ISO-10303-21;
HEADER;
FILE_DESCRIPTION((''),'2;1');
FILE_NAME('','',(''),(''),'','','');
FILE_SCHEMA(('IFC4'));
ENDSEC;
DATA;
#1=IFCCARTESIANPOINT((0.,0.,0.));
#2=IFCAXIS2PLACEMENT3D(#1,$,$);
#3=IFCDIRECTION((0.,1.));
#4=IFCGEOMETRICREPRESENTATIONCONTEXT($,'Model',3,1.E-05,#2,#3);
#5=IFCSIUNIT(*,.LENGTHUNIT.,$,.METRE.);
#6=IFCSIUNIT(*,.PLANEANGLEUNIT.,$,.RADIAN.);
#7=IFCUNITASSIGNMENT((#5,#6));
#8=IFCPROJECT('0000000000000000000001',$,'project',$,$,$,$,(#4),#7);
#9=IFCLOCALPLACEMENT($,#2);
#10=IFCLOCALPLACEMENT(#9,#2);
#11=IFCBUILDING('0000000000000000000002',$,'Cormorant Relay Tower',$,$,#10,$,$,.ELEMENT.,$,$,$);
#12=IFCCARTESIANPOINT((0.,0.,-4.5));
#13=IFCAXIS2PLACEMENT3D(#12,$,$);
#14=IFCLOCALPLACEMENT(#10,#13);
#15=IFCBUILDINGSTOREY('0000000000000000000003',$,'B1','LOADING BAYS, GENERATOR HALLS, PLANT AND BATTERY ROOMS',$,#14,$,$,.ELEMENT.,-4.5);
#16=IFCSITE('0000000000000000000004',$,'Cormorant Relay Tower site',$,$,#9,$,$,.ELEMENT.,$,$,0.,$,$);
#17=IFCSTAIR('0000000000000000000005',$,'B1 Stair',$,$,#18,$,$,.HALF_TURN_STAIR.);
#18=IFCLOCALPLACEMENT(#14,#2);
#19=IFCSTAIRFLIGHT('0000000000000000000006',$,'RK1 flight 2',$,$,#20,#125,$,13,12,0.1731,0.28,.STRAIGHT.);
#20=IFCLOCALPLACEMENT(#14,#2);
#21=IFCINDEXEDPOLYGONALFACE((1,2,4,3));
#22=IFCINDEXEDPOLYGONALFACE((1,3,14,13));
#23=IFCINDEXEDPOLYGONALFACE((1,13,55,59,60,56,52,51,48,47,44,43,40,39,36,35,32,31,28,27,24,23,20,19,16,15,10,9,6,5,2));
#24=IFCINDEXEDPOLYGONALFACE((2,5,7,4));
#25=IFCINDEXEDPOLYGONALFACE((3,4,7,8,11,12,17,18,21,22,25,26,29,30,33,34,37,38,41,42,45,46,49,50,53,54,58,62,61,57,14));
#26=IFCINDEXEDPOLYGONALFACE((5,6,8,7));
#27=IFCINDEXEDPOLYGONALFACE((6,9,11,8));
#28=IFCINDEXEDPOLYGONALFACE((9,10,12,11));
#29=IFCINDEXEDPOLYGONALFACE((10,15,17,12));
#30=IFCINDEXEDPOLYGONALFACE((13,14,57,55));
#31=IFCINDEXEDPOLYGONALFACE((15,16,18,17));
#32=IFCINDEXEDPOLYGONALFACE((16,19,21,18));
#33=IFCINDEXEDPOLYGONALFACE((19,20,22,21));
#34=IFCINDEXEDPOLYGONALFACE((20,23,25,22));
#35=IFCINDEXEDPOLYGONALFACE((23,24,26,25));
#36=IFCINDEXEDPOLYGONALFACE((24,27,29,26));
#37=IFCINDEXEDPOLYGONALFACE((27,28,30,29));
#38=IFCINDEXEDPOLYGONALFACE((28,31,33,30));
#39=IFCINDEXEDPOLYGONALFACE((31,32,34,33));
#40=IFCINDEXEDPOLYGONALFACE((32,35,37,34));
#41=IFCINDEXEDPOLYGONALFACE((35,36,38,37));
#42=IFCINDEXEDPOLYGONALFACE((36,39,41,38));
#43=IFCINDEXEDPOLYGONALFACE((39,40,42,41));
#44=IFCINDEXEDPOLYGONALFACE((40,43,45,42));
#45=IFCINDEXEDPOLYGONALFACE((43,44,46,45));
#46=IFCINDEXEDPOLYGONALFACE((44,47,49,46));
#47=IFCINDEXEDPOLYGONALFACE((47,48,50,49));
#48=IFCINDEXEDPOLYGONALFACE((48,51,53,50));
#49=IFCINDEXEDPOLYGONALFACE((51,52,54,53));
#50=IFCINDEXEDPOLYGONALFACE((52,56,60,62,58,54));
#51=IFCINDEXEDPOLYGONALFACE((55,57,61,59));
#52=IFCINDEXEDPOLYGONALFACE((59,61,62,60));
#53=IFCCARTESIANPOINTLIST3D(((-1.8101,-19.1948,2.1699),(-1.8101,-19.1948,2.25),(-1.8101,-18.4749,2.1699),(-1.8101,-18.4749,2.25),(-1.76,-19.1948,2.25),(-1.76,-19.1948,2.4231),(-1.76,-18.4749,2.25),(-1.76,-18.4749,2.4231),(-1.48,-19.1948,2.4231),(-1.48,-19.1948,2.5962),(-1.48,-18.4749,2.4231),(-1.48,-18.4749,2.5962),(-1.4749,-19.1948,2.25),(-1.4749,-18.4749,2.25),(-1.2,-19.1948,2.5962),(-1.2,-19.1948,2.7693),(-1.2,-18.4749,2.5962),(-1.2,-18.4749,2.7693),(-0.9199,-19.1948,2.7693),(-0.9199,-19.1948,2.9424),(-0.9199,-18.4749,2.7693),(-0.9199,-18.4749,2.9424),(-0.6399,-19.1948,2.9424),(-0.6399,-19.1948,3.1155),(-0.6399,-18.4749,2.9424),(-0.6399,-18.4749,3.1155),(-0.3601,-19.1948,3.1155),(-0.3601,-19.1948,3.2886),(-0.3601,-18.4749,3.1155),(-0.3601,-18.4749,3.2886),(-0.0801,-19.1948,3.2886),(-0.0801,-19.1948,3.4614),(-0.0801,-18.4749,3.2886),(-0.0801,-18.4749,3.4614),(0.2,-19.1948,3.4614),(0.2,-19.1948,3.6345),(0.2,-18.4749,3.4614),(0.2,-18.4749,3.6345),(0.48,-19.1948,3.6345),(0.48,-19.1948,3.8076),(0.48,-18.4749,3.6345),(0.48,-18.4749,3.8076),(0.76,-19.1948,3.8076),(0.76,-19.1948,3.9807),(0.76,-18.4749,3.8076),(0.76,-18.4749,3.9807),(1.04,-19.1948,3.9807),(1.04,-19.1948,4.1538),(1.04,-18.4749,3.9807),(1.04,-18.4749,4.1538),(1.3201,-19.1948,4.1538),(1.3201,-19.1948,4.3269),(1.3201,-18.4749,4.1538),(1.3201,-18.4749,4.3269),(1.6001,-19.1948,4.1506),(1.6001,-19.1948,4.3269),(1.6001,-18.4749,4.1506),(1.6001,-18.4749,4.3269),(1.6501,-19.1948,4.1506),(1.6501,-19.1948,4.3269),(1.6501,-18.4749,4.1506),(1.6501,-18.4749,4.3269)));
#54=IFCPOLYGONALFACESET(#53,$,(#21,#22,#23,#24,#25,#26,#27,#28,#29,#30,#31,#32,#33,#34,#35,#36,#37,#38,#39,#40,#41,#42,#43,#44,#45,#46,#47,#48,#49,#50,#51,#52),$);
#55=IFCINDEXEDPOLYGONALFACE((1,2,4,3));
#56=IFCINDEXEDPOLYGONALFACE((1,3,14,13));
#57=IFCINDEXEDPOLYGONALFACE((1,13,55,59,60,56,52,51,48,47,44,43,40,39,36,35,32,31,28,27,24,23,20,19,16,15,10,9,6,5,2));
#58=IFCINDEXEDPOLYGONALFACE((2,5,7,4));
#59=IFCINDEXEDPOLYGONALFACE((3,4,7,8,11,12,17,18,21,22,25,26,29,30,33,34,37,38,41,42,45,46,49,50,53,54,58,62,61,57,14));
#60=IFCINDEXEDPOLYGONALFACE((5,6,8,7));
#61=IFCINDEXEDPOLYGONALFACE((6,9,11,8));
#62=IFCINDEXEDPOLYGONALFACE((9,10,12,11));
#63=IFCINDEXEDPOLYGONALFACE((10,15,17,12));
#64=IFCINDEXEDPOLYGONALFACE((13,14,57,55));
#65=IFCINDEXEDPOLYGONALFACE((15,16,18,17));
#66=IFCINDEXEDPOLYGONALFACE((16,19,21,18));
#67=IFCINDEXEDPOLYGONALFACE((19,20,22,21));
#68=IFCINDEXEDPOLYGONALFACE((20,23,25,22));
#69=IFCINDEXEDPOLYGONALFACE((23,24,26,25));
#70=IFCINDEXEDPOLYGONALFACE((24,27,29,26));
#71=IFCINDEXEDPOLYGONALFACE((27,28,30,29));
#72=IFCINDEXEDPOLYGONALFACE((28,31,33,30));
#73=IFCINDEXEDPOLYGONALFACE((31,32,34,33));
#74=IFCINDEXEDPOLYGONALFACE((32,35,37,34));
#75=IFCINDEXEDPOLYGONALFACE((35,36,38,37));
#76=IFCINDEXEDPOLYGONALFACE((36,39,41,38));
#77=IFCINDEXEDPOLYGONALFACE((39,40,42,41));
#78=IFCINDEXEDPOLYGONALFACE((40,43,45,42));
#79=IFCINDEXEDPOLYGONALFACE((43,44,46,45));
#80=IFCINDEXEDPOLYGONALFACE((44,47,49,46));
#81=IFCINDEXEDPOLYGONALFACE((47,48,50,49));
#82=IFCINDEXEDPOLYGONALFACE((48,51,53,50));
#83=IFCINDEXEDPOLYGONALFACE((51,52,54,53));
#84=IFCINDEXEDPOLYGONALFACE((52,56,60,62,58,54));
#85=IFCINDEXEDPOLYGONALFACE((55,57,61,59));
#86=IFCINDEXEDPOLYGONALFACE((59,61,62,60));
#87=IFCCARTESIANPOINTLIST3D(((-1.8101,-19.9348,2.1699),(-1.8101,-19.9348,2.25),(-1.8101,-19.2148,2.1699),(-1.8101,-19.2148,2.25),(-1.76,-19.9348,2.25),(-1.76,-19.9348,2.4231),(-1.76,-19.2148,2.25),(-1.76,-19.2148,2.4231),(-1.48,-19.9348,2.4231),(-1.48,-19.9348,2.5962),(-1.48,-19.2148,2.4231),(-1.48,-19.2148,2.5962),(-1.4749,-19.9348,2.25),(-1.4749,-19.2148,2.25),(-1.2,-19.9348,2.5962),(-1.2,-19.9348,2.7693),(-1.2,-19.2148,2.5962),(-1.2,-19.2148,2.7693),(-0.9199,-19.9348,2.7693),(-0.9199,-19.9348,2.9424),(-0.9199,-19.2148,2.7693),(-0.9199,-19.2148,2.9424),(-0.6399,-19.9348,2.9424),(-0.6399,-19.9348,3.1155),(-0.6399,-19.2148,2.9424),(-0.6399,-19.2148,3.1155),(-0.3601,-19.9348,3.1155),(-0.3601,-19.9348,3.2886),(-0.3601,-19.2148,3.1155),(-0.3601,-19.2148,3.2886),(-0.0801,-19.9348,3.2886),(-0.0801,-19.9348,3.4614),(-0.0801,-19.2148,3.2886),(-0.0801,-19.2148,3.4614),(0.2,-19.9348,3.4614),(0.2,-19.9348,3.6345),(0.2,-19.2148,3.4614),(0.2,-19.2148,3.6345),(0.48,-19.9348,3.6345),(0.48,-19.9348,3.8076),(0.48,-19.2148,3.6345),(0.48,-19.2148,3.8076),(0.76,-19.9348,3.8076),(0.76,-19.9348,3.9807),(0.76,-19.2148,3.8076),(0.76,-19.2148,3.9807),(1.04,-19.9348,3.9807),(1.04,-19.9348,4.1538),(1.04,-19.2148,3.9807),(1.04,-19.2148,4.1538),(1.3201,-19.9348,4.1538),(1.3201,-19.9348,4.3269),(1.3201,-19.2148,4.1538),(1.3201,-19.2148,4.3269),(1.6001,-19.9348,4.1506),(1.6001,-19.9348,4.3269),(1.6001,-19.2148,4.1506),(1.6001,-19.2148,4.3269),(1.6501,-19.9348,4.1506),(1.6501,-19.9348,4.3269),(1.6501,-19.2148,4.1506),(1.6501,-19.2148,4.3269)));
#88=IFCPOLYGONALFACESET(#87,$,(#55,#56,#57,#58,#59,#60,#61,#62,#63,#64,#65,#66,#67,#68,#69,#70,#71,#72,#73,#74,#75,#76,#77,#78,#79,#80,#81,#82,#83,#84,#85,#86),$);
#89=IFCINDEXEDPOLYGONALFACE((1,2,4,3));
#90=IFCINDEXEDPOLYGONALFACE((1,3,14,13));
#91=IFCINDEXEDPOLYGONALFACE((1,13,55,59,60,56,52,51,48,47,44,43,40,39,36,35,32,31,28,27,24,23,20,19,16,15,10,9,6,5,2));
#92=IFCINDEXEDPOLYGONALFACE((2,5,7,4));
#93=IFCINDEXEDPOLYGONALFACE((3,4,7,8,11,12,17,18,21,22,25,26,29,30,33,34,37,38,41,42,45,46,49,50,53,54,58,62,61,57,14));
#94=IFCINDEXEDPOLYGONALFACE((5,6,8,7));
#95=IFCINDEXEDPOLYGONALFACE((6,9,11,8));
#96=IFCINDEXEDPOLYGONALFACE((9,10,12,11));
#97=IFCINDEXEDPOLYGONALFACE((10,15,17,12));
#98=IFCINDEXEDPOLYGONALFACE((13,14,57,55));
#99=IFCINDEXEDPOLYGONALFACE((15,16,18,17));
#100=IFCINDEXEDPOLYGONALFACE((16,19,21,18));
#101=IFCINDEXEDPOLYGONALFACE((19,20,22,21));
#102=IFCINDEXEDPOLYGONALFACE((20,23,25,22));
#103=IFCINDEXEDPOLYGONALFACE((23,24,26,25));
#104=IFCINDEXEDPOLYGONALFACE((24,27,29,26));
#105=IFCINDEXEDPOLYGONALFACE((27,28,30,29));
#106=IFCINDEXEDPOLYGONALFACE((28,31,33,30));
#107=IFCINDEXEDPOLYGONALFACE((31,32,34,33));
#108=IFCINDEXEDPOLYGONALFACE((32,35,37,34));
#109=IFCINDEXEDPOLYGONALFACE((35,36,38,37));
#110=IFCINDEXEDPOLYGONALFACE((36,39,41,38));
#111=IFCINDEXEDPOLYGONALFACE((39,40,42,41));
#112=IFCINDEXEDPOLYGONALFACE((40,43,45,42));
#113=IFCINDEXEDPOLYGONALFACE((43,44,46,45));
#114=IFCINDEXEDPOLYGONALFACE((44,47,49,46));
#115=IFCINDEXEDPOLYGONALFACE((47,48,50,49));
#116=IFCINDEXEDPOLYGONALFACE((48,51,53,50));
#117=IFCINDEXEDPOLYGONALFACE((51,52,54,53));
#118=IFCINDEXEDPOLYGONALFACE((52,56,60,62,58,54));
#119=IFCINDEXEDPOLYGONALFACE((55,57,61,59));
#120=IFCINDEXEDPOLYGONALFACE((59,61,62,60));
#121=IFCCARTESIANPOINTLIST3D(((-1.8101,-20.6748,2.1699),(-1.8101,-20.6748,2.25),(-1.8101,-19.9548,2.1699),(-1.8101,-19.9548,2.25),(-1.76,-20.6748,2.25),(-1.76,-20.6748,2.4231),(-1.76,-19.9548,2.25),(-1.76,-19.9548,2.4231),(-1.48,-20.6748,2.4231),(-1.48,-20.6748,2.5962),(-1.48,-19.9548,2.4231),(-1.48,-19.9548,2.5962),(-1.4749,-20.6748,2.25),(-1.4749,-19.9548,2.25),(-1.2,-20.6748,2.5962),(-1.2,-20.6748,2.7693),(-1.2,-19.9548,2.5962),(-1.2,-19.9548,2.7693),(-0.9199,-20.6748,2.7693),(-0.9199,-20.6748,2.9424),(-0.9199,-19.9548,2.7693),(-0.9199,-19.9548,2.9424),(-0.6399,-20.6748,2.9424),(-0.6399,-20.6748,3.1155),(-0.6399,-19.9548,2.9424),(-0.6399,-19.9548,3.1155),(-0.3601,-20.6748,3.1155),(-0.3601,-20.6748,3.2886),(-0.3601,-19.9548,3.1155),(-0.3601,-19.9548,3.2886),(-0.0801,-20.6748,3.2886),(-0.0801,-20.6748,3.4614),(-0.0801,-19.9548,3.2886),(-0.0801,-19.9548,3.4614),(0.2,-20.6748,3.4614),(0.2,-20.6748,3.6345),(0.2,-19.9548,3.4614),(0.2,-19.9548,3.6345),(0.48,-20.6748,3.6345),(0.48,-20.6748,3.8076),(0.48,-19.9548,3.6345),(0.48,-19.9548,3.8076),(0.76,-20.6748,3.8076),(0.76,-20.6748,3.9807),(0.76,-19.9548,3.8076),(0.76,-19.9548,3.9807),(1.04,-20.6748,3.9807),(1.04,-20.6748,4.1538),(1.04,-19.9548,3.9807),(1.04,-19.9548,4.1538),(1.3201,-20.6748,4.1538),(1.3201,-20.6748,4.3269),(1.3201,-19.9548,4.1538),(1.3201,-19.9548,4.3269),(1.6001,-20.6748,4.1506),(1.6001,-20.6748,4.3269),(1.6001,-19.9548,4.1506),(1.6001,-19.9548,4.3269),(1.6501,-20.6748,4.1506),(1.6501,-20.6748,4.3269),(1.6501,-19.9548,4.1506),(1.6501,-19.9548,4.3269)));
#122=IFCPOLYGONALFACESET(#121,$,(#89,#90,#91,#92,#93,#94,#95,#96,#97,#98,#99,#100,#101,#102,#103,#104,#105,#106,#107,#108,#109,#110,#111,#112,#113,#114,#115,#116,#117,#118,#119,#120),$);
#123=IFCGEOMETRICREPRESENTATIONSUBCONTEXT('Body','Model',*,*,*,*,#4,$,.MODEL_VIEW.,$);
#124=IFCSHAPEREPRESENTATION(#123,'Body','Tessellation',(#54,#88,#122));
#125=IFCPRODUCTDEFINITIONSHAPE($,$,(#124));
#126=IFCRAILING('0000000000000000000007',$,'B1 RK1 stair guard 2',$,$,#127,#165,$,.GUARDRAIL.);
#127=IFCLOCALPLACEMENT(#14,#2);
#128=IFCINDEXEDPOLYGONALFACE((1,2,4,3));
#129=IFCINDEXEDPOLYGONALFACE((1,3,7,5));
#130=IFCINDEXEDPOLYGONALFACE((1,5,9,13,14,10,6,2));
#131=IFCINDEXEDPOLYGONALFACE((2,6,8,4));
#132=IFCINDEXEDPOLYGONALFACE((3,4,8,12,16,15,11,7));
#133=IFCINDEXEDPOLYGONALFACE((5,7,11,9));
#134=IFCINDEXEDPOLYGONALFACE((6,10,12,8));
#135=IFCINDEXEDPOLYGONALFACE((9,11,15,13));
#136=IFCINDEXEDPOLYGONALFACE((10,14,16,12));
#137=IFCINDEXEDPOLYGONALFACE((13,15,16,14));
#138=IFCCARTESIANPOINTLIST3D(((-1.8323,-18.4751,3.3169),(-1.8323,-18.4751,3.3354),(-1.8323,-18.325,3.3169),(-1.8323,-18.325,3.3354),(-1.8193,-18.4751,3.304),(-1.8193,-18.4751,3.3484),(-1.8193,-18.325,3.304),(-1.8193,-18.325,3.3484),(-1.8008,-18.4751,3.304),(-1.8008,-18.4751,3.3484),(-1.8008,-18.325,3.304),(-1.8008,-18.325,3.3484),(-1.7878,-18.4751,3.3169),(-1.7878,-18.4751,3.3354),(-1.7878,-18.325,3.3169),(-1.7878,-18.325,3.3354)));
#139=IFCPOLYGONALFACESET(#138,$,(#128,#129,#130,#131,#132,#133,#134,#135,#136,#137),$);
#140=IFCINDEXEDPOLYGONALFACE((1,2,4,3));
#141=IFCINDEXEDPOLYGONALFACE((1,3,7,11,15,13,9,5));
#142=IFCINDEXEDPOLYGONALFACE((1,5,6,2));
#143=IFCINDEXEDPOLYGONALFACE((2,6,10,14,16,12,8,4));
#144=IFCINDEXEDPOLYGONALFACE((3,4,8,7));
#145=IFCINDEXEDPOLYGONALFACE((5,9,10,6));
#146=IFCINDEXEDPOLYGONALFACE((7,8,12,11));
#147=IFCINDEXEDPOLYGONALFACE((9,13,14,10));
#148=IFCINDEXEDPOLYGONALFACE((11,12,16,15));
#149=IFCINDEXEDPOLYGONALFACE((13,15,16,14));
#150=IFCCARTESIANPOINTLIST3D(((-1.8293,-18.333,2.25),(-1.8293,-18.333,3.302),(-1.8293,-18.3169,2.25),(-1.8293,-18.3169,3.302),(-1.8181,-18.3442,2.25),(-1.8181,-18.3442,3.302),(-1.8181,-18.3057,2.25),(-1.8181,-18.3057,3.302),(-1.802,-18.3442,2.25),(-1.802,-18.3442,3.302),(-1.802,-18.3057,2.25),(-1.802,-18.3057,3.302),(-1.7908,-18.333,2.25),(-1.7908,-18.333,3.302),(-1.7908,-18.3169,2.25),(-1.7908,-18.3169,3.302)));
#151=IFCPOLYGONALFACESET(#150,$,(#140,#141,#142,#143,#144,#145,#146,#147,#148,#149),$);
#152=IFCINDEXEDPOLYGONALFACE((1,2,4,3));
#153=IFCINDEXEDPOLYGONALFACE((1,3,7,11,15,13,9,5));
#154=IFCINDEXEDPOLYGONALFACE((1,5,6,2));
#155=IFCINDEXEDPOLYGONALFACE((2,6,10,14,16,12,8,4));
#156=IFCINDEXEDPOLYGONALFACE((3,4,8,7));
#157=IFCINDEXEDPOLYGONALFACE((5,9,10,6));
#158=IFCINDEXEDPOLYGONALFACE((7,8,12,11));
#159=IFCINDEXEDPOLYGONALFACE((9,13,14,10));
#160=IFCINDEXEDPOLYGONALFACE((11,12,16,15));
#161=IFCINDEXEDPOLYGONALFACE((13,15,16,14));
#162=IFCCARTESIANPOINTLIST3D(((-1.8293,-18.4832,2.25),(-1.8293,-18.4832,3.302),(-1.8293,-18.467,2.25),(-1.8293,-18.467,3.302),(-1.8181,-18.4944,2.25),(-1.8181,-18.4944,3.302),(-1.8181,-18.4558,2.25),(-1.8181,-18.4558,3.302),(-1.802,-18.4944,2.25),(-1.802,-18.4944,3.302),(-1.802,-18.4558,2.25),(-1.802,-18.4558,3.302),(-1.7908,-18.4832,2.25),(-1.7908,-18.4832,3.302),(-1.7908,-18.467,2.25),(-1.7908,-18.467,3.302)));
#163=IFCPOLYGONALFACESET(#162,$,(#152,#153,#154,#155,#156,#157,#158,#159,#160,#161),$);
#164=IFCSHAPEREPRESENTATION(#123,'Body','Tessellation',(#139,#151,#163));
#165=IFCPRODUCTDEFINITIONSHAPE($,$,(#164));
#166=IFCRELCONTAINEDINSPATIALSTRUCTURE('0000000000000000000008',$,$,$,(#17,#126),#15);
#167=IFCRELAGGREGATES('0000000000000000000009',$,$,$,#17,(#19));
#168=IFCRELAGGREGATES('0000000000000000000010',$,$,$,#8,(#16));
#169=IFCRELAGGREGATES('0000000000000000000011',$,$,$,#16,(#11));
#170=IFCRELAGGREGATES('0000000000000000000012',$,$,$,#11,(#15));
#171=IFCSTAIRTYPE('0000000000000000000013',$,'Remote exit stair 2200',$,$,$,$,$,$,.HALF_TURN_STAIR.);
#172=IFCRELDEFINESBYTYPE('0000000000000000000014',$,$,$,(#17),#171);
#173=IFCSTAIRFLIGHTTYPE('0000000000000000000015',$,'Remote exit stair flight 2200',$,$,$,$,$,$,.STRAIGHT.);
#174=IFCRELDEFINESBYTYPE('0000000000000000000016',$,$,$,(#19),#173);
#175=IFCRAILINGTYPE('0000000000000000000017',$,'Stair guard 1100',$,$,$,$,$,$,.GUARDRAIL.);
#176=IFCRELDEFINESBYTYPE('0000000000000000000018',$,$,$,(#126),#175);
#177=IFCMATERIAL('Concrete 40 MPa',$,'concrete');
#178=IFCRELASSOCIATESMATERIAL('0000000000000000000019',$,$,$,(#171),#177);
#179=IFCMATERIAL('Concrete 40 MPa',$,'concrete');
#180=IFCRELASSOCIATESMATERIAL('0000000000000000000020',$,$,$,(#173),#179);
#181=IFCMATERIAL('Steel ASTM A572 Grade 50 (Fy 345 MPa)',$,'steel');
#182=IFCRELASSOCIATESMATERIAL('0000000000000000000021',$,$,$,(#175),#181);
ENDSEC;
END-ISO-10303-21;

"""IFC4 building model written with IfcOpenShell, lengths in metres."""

from ifc_helpers import new_model, si_unit, direction, frame, origin, place, context, subcontext, project, spatial, polyline, outline, extrude, material, type_object, element, aggregate, save


model = new_model("IFC4")

# Units and contexts
model_context = context("Model", 3, precision=1e-05, world=origin(), true_north=direction((0.0, 1.0)))
body_context = subcontext(model_context, "Body", "Model", "MODEL_VIEW")
ifc_project = project(units=[si_unit("LENGTHUNIT", "METRE"), si_unit("PLANEANGLEUNIT", "RADIAN")], contexts=[model_context])

# Site, building, storey
site_placement = place(None, origin())
site = spatial("IfcSite", under=ifc_project, at=site_placement, Name="Cormorant Relay Tower site", CompositionType="ELEMENT", RefElevation=0.0)
building_placement = place(site_placement, origin())
building = spatial("IfcBuilding", under=site, at=building_placement, Name="Cormorant Relay Tower", CompositionType="ELEMENT")
storey_placement = place(building_placement, frame((0.0, 0.0, -4.5)))
storey = spatial("IfcBuildingStorey", under=building, at=storey_placement, Name="B1", Description="LOADING BAYS, GENERATOR HALLS, PLANT AND BATTERY ROOMS", CompositionType="ELEMENT", Elevation=-4.5)

# Stair, stair flight
ifc_material_1 = material(Name="Concrete 40 MPa", Category="concrete")
stair_type = type_object("IfcStairType", Name="Remote exit stair 2200", PredefinedType="HALF_TURN_STAIR", material=ifc_material_1)
stair_placement = place(storey_placement, origin())
stair = element("IfcStair", 1, at=stair_placement, inside=storey, type_object=stair_type, Name="B1 Stair", PredefinedType="HALF_TURN_STAIR")
ifc_material_2 = material(Name="Concrete 40 MPa", Category="concrete")
stair_flight_type = type_object("IfcStairFlightType", Name="Remote exit stair flight 2200", PredefinedType="STRAIGHT", material=ifc_material_2)
stair_flight_placement = place(storey_placement, frame((-1.76, -19.575, 2.25), z_axis=(0.0, 0.0, 1.0), x_axis=(1.0, 0.0, 0.0)))
stair_flight = element("IfcStairFlight", 2, at=stair_flight_placement, type_object=stair_flight_type, Name="RK1 flight 2", NumberOfRisers=13, NumberOfTreads=12, PredefinedType="STRAIGHT", RiserHeight=0.1731, TreadLength=0.28, context=body_context, shape_type="SweptSolid", body=[
    extrude(outline(polyline([(-0.05, -0.0801), (-0.05, 0.0), (0.0, 0.0), (0.0, 0.1731), (0.28, 0.1731), (0.28, 0.3462), (0.5601, 0.3462), (0.5601, 0.5193), (0.8401, 0.5193), (0.8401, 0.6924), (1.1201, 0.6924), (1.1201, 0.8655), (1.3999, 0.8655), (1.3999, 1.0386), (1.6799, 1.0386), (1.6799, 1.2114), (1.96, 1.2114), (1.96, 1.3845), (2.24, 1.3845), (2.24, 1.5576), (2.52, 1.5576), (2.52, 1.7307), (2.8, 1.7307), (2.8, 1.9038), (3.0801, 1.9038), (3.0801, 2.0769), (3.3601, 2.0769), (3.4102, 2.0769), (3.4102, 1.9006), (3.3601, 1.9006), (0.2852, 0.0), (-0.05, -0.0801)])), frame((0.0, 1.1001, 0.0), z_axis=(0.0, -1.0, 0.0), x_axis=(1.0, 0.0, 0.0)), (0.0, 0.0, 1.0), 0.72),
    extrude(outline(polyline([(-0.05, -0.0801), (-0.05, 0.0), (0.0, 0.0), (0.0, 0.1731), (0.28, 0.1731), (0.28, 0.3462), (0.5601, 0.3462), (0.5601, 0.5193), (0.8401, 0.5193), (0.8401, 0.6924), (1.1201, 0.6924), (1.1201, 0.8655), (1.3999, 0.8655), (1.3999, 1.0386), (1.6799, 1.0386), (1.6799, 1.2114), (1.96, 1.2114), (1.96, 1.3845), (2.24, 1.3845), (2.24, 1.5576), (2.52, 1.5576), (2.52, 1.7307), (2.8, 1.7307), (2.8, 1.9038), (3.0801, 1.9038), (3.0801, 2.0769), (3.3601, 2.0769), (3.4102, 2.0769), (3.4102, 1.9006), (3.3601, 1.9006), (0.2852, 0.0), (-0.05, -0.0801)])), frame((0.0, 0.3601, 0.0), z_axis=(0.0, -1.0, 0.0), x_axis=(1.0, 0.0, 0.0)), (0.0, 0.0, 1.0), 0.72),
    extrude(outline(polyline([(-0.05, -0.0801), (-0.05, 0.0), (0.0, 0.0), (0.0, 0.1731), (0.28, 0.1731), (0.28, 0.3462), (0.5601, 0.3462), (0.5601, 0.5193), (0.8401, 0.5193), (0.8401, 0.6924), (1.1201, 0.6924), (1.1201, 0.8655), (1.3999, 0.8655), (1.3999, 1.0386), (1.6799, 1.0386), (1.6799, 1.2114), (1.96, 1.2114), (1.96, 1.3845), (2.24, 1.3845), (2.24, 1.5576), (2.52, 1.5576), (2.52, 1.7307), (2.8, 1.7307), (2.8, 1.9038), (3.0801, 1.9038), (3.0801, 2.0769), (3.3601, 2.0769), (3.4102, 2.0769), (3.4102, 1.9006), (3.3601, 1.9006), (0.2852, 0.0), (-0.05, -0.0801)])), frame((0.0, -0.3799, 0.0), z_axis=(0.0, -1.0, 0.0), x_axis=(1.0, 0.0, 0.0)), (0.0, 0.0, 1.0), 0.72),
])
aggregate(stair, [stair_flight])

# Railing
ifc_material_3 = material(Name="Steel ASTM A572 Grade 50 (Fy 345 MPa)", Category="steel")
railing_type_1 = type_object("IfcRailingType", Name="Stair guard 1100", PredefinedType="GUARDRAIL", material=ifc_material_3)
railing_1_placement = place(storey_placement, frame((-1.8101, -18.325, 2.25)))
element("IfcRailing", 3, at=railing_1_placement, inside=storey, type_object=railing_type_1, Name="B1 RK1 stair guard 2", PredefinedType="GUARDRAIL", context=body_context, shape_type="SweptSolid", body=[
    extrude(outline(polyline([(0.0222, 0.0093), (0.0093, 0.0222), (-0.0093, 0.0222), (-0.0222, 0.0093), (-0.0222, -0.0093), (-0.0093, -0.0222), (0.0093, -0.0222), (0.0222, -0.0093), (0.0222, 0.0093)])), frame((0.0, 0.0, 1.0762), z_axis=(0.0, -1.0, 0.0), x_axis=(1.0, 0.0, 0.0)), (0.0, 0.0, 1.0), 0.1501),
    extrude(outline(polyline([(0.0193, 0.0081), (0.0081, 0.0193), (-0.0081, 0.0193), (-0.0193, 0.0081), (-0.0193, -0.0081), (-0.0081, -0.0193), (0.0081, -0.0193), (0.0193, -0.0081), (0.0193, 0.0081)])), origin(), (0.0, 0.0, 1.0), 1.052),
    extrude(outline(polyline([(0.0193, 0.0081), (0.0081, 0.0193), (-0.0081, 0.0193), (-0.0193, 0.0081), (-0.0193, -0.0081), (-0.0081, -0.0193), (0.0081, -0.0193), (0.0193, -0.0081), (0.0193, 0.0081)])), frame((0.0, -0.1501, 0.0)), (0.0, 0.0, 1.0), 1.052),
])

save(model, "model.ifc")
